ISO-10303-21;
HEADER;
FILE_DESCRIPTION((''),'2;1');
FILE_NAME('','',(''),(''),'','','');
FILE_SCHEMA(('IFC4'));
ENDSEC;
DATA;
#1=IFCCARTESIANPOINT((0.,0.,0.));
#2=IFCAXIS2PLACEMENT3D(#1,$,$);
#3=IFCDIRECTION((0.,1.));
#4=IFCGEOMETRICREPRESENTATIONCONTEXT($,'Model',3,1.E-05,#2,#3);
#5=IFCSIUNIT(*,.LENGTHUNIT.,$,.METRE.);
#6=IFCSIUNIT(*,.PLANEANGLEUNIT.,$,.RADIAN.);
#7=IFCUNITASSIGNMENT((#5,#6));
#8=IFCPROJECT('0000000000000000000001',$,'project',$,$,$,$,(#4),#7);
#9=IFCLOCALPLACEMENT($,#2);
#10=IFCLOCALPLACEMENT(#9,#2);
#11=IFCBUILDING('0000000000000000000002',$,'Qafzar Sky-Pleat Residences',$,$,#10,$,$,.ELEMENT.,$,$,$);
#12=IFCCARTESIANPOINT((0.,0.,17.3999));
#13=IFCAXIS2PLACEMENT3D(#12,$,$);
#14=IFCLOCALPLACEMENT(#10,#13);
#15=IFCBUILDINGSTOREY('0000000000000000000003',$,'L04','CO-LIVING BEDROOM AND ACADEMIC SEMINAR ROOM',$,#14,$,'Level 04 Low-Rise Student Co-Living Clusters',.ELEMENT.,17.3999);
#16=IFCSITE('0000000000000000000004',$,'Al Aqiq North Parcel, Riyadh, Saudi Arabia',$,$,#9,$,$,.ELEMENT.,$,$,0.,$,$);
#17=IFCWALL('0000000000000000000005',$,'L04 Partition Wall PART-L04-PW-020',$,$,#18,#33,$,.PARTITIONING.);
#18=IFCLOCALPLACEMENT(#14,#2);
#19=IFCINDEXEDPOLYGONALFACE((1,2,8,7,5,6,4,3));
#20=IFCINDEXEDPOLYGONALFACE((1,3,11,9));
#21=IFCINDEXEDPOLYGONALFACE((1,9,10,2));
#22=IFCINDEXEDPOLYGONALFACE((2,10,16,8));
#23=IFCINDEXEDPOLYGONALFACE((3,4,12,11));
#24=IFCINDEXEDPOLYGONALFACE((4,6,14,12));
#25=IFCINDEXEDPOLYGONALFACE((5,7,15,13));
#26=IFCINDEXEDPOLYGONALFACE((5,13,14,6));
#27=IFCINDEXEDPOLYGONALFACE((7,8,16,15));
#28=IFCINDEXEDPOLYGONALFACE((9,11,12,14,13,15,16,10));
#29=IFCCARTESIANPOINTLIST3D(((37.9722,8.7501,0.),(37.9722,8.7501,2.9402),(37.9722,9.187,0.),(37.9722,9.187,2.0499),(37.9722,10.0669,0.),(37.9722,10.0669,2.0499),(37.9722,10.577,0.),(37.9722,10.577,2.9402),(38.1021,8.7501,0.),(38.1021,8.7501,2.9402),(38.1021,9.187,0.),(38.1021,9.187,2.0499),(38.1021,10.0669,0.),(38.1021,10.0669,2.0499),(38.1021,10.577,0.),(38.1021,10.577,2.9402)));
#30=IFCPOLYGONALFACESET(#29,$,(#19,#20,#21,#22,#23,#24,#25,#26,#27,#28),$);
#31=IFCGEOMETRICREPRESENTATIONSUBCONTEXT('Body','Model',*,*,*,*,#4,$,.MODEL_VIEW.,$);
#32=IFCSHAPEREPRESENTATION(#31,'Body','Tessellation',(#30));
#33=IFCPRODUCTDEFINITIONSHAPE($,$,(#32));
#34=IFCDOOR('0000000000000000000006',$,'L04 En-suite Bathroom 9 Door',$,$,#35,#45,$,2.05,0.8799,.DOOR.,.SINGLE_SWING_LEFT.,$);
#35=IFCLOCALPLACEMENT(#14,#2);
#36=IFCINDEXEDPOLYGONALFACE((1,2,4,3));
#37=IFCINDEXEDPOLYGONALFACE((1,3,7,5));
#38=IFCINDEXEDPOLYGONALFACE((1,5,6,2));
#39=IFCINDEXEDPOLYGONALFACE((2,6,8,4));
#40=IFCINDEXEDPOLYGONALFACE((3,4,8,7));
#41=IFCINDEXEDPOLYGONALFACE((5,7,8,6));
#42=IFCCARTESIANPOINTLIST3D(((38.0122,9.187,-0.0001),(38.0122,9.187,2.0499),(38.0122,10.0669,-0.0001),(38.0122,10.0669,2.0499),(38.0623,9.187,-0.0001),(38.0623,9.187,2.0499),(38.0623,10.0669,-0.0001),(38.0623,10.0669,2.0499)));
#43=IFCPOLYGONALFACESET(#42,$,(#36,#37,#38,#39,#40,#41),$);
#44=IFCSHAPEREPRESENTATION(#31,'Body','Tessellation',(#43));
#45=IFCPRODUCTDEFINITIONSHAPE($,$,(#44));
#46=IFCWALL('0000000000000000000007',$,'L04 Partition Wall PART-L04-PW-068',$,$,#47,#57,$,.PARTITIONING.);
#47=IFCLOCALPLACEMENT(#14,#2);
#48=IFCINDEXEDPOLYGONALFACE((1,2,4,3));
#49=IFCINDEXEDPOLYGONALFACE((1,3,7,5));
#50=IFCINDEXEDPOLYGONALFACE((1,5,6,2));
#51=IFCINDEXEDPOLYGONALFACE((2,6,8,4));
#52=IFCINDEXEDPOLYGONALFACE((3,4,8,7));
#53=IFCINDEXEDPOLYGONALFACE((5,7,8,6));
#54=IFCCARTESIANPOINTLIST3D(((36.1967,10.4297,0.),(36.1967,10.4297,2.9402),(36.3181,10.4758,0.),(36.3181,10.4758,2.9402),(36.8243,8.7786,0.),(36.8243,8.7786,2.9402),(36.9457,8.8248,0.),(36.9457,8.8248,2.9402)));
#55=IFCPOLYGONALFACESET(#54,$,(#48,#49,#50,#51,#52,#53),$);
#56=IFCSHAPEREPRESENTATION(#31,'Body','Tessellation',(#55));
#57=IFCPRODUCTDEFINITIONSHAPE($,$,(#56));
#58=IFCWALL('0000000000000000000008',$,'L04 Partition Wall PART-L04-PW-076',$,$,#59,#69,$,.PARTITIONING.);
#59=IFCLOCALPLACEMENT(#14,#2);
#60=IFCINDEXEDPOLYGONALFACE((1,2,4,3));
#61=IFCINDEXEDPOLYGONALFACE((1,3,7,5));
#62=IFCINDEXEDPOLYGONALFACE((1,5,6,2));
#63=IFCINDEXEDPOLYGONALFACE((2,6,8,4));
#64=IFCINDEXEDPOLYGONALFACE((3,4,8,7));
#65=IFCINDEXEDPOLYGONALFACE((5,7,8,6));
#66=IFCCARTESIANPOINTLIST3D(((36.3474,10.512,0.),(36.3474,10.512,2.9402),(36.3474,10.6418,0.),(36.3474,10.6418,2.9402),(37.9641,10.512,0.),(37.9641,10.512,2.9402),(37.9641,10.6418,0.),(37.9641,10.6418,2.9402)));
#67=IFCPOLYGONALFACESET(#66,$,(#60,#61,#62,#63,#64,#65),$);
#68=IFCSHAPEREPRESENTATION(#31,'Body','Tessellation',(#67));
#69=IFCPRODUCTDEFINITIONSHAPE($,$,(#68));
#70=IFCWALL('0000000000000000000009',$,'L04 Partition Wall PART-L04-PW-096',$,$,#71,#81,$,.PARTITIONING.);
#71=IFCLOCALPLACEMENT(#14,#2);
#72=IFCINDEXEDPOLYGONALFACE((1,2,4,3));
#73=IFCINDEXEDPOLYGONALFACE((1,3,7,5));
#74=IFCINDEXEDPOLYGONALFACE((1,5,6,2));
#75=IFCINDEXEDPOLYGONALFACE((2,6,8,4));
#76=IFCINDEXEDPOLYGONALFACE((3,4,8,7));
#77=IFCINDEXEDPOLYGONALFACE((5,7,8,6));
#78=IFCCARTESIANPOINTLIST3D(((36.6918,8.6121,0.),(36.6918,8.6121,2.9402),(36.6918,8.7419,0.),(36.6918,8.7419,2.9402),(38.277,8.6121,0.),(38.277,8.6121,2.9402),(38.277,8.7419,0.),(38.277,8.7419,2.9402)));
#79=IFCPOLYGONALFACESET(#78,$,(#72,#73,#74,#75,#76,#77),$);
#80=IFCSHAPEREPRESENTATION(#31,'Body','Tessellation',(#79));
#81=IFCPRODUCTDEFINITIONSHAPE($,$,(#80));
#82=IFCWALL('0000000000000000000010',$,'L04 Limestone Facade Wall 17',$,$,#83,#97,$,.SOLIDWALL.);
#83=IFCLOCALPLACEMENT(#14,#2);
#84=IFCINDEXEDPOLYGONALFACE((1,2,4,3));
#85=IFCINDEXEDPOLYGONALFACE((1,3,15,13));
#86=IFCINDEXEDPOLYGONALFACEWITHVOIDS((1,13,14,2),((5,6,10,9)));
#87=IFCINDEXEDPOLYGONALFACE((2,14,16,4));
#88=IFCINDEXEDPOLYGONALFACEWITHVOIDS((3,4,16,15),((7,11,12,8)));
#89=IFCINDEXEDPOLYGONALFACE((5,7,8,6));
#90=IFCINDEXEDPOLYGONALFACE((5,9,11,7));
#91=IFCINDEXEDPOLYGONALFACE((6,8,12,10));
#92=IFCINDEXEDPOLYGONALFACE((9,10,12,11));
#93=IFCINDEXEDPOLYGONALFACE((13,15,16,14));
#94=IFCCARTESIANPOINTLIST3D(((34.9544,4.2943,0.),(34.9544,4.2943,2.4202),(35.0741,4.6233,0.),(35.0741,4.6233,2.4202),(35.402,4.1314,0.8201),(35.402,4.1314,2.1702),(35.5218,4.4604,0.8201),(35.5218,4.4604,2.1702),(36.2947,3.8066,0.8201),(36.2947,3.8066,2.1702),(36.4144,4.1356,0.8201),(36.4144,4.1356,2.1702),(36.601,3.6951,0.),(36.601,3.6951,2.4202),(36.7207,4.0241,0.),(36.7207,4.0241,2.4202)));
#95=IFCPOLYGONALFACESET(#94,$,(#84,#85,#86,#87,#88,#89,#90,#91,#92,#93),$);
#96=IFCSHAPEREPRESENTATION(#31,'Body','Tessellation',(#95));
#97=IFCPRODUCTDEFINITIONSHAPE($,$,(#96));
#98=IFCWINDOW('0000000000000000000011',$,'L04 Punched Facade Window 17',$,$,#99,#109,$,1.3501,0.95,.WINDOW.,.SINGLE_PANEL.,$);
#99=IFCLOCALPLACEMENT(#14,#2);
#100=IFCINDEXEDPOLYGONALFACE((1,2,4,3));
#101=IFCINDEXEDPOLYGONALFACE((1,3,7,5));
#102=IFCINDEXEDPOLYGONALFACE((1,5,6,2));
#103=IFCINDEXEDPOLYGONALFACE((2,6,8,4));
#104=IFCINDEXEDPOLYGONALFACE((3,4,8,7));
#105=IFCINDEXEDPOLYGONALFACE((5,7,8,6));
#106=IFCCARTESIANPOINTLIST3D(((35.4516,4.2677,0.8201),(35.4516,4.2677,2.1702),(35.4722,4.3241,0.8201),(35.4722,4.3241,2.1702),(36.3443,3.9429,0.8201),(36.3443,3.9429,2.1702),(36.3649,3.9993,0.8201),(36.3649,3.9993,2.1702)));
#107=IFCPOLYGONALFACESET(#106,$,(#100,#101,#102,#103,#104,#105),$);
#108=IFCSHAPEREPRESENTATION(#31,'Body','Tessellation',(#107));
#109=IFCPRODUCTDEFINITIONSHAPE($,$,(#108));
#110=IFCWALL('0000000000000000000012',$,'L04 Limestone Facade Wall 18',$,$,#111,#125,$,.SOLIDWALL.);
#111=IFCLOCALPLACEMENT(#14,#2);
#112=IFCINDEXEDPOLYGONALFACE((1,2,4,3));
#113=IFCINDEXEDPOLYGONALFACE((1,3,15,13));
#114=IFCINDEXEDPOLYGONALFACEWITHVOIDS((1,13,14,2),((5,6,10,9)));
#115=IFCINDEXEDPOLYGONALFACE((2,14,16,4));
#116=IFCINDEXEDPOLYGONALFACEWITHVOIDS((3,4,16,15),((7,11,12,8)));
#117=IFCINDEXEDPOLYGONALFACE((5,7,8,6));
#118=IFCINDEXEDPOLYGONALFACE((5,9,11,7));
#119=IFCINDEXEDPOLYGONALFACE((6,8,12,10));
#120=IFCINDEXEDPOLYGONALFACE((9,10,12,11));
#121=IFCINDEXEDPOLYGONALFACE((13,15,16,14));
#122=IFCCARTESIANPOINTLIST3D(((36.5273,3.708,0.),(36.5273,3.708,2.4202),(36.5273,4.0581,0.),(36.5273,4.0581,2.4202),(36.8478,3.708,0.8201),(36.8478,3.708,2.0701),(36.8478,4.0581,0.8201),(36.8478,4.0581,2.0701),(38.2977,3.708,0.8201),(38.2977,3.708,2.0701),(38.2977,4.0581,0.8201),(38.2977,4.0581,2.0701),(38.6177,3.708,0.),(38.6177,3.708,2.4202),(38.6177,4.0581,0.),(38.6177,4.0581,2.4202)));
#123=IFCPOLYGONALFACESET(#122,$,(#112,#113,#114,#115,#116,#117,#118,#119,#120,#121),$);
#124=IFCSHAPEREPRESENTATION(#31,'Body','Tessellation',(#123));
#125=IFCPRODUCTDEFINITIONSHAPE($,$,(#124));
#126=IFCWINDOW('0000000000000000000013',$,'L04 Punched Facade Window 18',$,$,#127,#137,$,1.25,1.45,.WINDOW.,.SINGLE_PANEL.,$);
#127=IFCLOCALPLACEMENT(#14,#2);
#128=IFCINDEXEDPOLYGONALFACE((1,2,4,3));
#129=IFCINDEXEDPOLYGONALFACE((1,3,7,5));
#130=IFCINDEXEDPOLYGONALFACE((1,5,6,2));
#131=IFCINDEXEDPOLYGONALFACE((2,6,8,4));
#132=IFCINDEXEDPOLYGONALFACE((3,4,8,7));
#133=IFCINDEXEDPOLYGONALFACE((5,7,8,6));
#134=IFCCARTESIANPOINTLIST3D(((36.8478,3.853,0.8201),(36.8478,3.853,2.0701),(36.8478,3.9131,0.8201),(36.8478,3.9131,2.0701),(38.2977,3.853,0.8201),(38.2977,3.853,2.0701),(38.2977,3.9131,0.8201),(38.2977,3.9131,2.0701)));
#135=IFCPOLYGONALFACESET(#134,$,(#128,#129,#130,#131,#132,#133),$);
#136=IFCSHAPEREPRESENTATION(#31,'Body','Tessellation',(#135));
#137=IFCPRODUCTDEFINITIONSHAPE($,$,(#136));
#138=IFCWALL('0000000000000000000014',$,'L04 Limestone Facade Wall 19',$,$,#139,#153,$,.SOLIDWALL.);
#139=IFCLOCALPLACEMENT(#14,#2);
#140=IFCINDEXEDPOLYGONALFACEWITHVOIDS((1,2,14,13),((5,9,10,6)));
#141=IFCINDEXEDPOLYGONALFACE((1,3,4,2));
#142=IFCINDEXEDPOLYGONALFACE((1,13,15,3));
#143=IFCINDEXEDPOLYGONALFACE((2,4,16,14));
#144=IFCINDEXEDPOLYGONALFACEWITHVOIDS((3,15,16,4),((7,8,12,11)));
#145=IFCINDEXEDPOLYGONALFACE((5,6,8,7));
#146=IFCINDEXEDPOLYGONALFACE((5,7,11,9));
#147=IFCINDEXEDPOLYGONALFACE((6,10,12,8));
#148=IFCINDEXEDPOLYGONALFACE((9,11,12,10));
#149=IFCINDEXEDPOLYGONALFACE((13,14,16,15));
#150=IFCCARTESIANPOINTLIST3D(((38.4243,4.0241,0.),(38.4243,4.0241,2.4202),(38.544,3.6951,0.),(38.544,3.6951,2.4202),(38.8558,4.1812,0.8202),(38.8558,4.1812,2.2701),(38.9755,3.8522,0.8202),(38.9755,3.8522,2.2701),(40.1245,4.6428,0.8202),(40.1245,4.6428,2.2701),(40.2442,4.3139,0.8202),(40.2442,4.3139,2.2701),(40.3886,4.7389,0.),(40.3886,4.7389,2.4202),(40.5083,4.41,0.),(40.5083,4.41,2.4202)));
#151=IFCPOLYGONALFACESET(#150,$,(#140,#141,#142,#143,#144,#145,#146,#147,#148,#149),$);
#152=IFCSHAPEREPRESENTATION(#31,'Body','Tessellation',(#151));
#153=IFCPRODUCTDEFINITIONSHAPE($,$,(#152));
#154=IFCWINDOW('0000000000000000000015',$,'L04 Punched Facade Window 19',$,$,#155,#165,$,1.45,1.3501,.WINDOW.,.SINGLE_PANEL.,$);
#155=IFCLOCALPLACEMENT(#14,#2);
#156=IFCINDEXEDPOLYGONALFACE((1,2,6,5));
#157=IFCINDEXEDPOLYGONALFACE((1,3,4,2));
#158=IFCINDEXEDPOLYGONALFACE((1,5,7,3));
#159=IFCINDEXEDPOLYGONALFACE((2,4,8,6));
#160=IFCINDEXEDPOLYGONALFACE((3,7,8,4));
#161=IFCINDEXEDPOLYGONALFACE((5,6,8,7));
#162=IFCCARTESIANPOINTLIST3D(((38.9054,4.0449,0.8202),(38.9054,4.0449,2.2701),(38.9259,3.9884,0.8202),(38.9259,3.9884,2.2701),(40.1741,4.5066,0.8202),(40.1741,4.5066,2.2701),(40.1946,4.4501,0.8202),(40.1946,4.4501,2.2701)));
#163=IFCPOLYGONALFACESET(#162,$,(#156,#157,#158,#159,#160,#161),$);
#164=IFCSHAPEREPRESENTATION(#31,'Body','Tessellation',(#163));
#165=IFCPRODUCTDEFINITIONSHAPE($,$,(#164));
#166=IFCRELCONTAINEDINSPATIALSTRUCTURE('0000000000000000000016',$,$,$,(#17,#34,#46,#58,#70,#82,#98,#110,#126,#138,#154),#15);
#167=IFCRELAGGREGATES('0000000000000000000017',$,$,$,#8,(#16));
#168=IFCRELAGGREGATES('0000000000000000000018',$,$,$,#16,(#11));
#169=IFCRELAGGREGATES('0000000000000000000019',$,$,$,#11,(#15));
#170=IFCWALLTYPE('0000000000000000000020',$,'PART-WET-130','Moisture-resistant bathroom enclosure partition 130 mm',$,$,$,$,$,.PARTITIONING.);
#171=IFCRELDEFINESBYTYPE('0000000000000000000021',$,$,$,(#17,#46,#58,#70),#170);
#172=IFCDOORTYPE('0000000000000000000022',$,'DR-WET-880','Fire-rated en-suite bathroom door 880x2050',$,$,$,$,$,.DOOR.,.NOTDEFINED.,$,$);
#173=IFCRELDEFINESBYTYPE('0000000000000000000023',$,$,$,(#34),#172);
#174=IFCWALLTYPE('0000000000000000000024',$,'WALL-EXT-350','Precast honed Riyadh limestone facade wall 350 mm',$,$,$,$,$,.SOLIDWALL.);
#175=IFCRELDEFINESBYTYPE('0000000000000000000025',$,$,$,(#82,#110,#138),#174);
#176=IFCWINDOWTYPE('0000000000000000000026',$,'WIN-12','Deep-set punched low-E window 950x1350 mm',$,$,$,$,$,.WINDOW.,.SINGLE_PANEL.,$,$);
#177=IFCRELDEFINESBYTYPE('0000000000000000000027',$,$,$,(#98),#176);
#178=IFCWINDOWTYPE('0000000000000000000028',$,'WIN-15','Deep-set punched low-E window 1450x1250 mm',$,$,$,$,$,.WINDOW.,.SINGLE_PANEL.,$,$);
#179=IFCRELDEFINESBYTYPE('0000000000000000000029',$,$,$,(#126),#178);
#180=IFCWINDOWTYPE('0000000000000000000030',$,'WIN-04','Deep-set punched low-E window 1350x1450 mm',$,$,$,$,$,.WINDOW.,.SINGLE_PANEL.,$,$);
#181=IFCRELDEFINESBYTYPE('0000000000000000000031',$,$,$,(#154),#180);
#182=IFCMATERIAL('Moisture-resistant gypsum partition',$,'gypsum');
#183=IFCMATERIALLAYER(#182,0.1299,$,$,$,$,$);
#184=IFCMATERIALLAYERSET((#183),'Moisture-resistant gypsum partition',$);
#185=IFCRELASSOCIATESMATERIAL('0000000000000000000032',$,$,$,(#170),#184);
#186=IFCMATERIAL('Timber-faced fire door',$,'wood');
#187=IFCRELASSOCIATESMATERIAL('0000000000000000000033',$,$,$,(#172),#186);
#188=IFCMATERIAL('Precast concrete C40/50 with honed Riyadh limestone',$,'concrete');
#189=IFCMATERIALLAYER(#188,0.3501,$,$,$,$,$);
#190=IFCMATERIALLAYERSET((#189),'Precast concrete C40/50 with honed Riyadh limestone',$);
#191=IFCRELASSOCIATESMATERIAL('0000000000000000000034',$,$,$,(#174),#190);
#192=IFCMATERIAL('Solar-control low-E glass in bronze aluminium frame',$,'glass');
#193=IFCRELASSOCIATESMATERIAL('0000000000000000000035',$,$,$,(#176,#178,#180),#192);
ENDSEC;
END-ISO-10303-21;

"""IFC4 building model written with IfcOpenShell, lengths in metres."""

from ifc_helpers import new_model, si_unit, direction, frame, frame_2d, origin, place, context, subcontext, project, spatial, rectangle, extrude, source, transform, mapped, material, layer, layer_set, type_object, element, fill, save


model = new_model("IFC4")

# Units and contexts
model_context = context("Model", 3, precision=1e-05, world=origin(), true_north=direction((0.0, 1.0)))
body_context = subcontext(model_context, "Body", "Model", "MODEL_VIEW")
ifc_project = project(units=[si_unit("LENGTHUNIT", "METRE"), si_unit("PLANEANGLEUNIT", "RADIAN")], contexts=[model_context])

# Site, building, storey
site_placement = place(None, origin())
site = spatial("IfcSite", under=ifc_project, at=site_placement, Name="Al Aqiq North Parcel, Riyadh, Saudi Arabia", CompositionType="ELEMENT", RefElevation=0.0)
building_placement = place(site_placement, origin())
building = spatial("IfcBuilding", under=site, at=building_placement, Name="Qafzar Sky-Pleat Residences", CompositionType="ELEMENT")
storey_placement = place(building_placement, frame((0.0, 0.0, 17.3999)))
storey = spatial("IfcBuildingStorey", under=building, at=storey_placement, Name="L04", Description="CO-LIVING BEDROOM AND ACADEMIC SEMINAR ROOM", LongName="Level 04 Low-Rise Student Co-Living Clusters", CompositionType="ELEMENT", Elevation=17.3999)

# Wall, opening, door
ifc_material_1 = material(Name="Moisture-resistant gypsum partition", Category="gypsum")
ifc_layer_1 = layer(ifc_material_1, 0.1299)
ifc_layer_set_1 = layer_set([ifc_layer_1], Name="Moisture-resistant gypsum partition")
wall_type_1 = type_object("IfcWallType", Name="PART-WET-130", Description="Moisture-resistant bathroom enclosure partition 130 mm", PredefinedType="PARTITIONING", material=ifc_layer_set_1)
wall_1_placement = place(storey_placement, frame((38.0371, 8.75, 0.0), z_axis=(0.0, 0.0, 1.0), x_axis=(0.0, 1.0, 0.0)))
wall_1 = element("IfcWall", 1, at=wall_1_placement, inside=storey, type_object=wall_type_1, Name="L04 Partition Wall PART-L04-PW-020", PredefinedType="PARTITIONING", context=body_context, shape_type="SweptSolid", body=[
    extrude(rectangle(XDim=1.8269, YDim=0.1299, at=frame_2d((0.9136, 0.0))), origin(), (0.0, 0.0, 1.0), 2.9402),
])
opening_1_placement = place(wall_1_placement, frame((0.437, 0.0, 0.0)))
opening_1 = element("IfcOpeningElement", 2, at=opening_1_placement, cuts=wall_1, PredefinedType="OPENING", context=body_context, shape_type="SweptSolid", body=[
    extrude(rectangle(XDim=0.8799, YDim=2.05, at=frame_2d((0.4399, 1.0249))), frame((0.0, 0.075, 0.0), z_axis=(0.0, -1.0, 0.0), x_axis=(1.0, 0.0, 0.0)), (0.0, 0.0, 1.0), 0.1499),
])
ifc_material_2 = material(Name="Timber-faced fire door", Category="wood")
door_type = type_object("IfcDoorType", Name="DR-WET-880", Description="Fire-rated en-suite bathroom door 880x2050", OperationType="NOTDEFINED", PredefinedType="DOOR", material=ifc_material_2)
shared_shape_1 = source(origin(), body_context, "Body", "SweptSolid", [
    extrude(rectangle(XDim=0.8799, YDim=2.05, at=frame_2d((0.4399, 1.0249))), frame((0.0, 0.0249, 0.0), z_axis=(0.0, -1.0, 0.0), x_axis=(1.0, 0.0, 0.0)), (0.0, 0.0, 1.0), 0.05),
])
door_placement = place(opening_1_placement, origin())
door = element("IfcDoor", 3, at=door_placement, inside=storey, type_object=door_type, Name="L04 En-suite Bathroom 9 Door", OperationType="SINGLE_SWING_LEFT", OverallHeight=2.05, OverallWidth=0.8799, PredefinedType="DOOR", context=body_context, shape_type="MappedRepresentation", body=[
    mapped(shared_shape_1, transform((0.0, 0.0, 0.0), x_axis=(1.0, 0.0, 0.0), y_axis=(0.0, 1.0, 0.0), z_axis=(0.0, 0.0, 1.0), scale=1.0)),
])
fill(opening_1, door)

# Walls
wall_2_placement = place(storey_placement, frame((36.2573, 10.4529, 0.0), z_axis=(0.0, 0.0, 1.0), x_axis=(0.355346, -0.934735, 0.0)))
element("IfcWall", 4, at=wall_2_placement, inside=storey, type_object=wall_type_1, Name="L04 Partition Wall PART-L04-PW-068", PredefinedType="PARTITIONING", context=body_context, shape_type="SweptSolid", body=[
    extrude(rectangle(XDim=1.7664, YDim=0.1299, at=frame_2d((0.8833, 0.0))), origin(), (0.0, 0.0, 1.0), 2.9402),
])
wall_3_placement = place(storey_placement, frame((36.3474, 10.5769, 0.0), z_axis=(0.0, 0.0, 1.0), x_axis=(1.0, 0.0, 0.0)))
element("IfcWall", 5, at=wall_3_placement, inside=storey, type_object=wall_type_1, Name="L04 Partition Wall PART-L04-PW-076", PredefinedType="PARTITIONING", context=body_context, shape_type="SweptSolid", body=[
    extrude(rectangle(XDim=1.6167, YDim=0.1299, at=frame_2d((0.8083, 0.0))), origin(), (0.0, 0.0, 1.0), 2.9402),
])
wall_4_placement = place(storey_placement, frame((36.6919, 8.677, 0.0), z_axis=(0.0, 0.0, 1.0), x_axis=(1.0, 0.0, 0.0)))
element("IfcWall", 6, at=wall_4_placement, inside=storey, type_object=wall_type_1, Name="L04 Partition Wall PART-L04-PW-096", PredefinedType="PARTITIONING", context=body_context, shape_type="SweptSolid", body=[
    extrude(rectangle(XDim=1.5852, YDim=0.1299, at=frame_2d((0.7925, 0.0))), origin(), (0.0, 0.0, 1.0), 2.9402),
])

# Walls, openings, windows
ifc_material_3 = material(Name="Precast concrete C40/50 with honed Riyadh limestone", Category="concrete")
ifc_layer_2 = layer(ifc_material_3, 0.3501)
ifc_layer_set_2 = layer_set([ifc_layer_2], Name="Precast concrete C40/50 with honed Riyadh limestone")
wall_type_2 = type_object("IfcWallType", Name="WALL-EXT-350", Description="Precast honed Riyadh limestone facade wall 350 mm", PredefinedType="SOLIDWALL", material=ifc_layer_set_2)
wall_5_placement = place(storey_placement, frame((35.0144, 4.4587, 0.0), z_axis=(0.0, 0.0, 1.0), x_axis=(0.93972, -0.341944, 0.0)))
wall_5 = element("IfcWall", 7, at=wall_5_placement, inside=storey, type_object=wall_type_2, Name="L04 Limestone Facade Wall 17", PredefinedType="SOLIDWALL", context=body_context, shape_type="SweptSolid", body=[
    extrude(rectangle(XDim=1.7522, YDim=0.3501, at=frame_2d((0.876, 0.0))), origin(), (0.0, 0.0, 1.0), 2.4202),
])
opening_2_placement = place(wall_5_placement, frame((0.4761, 0.0, 0.8201)))
opening_2 = element("IfcOpeningElement", 8, at=opening_2_placement, cuts=wall_5, PredefinedType="OPENING", context=body_context, shape_type="SweptSolid", body=[
    extrude(rectangle(XDim=0.95, YDim=1.3501, at=frame_2d((0.4751, 0.675))), frame((0.0, 0.1851, 0.0), z_axis=(0.0, -1.0, 0.0), x_axis=(1.0, 0.0, 0.0)), (0.0, 0.0, 1.0), 0.3701),
])
ifc_material_4 = material(Name="Solar-control low-E glass in bronze aluminium frame", Category="glass")
window_type_1 = type_object("IfcWindowType", Name="WIN-12", Description="Deep-set punched low-E window 950x1350 mm", PartitioningType="SINGLE_PANEL", PredefinedType="WINDOW", material=ifc_material_4)
shared_shape_2 = source(origin(), body_context, "Body", "SweptSolid", [
    extrude(rectangle(XDim=0.95, YDim=1.3501, at=frame_2d((0.4751, 0.675))), frame((0.0, 0.03, 0.0), z_axis=(0.0, -1.0, 0.0), x_axis=(1.0, 0.0, 0.0)), (0.0, 0.0, 1.0), 0.0601),
])
window_1_placement = place(opening_2_placement, origin())
window_1 = element("IfcWindow", 9, at=window_1_placement, inside=storey, type_object=window_type_1, Name="L04 Punched Facade Window 17", OverallHeight=1.3501, OverallWidth=0.95, PartitioningType="SINGLE_PANEL", PredefinedType="WINDOW", context=body_context, shape_type="MappedRepresentation", body=[
    mapped(shared_shape_2, transform((0.0, 0.0, 0.0), x_axis=(1.0, 0.0, 0.0), y_axis=(0.0, 1.0, 0.0), z_axis=(0.0, 0.0, 1.0), scale=1.0)),
])
fill(opening_2, window_1)
wall_6_placement = place(storey_placement, frame((36.5273, 3.8831, 0.0), z_axis=(0.0, 0.0, 1.0), x_axis=(1.0, 0.0, 0.0)))
wall_6 = element("IfcWall", 10, at=wall_6_placement, inside=storey, type_object=wall_type_2, Name="L04 Limestone Facade Wall 18", PredefinedType="SOLIDWALL", context=body_context, shape_type="SweptSolid", body=[
    extrude(rectangle(XDim=2.0903, YDim=0.3501, at=frame_2d((1.0452, 0.0))), origin(), (0.0, 0.0, 1.0), 2.4202),
])
opening_3_placement = place(wall_6_placement, frame((0.3203, 0.0, 0.8201)))
opening_3 = element("IfcOpeningElement", 11, at=opening_3_placement, cuts=wall_6, PredefinedType="OPENING", context=body_context, shape_type="SweptSolid", body=[
    extrude(rectangle(XDim=1.45, YDim=1.25, at=frame_2d((0.7251, 0.625))), frame((0.0, 0.1851, 0.0), z_axis=(0.0, -1.0, 0.0), x_axis=(1.0, 0.0, 0.0)), (0.0, 0.0, 1.0), 0.3701),
])
window_type_2 = type_object("IfcWindowType", Name="WIN-15", Description="Deep-set punched low-E window 1450x1250 mm", PartitioningType="SINGLE_PANEL", PredefinedType="WINDOW", material=ifc_material_4)
shared_shape_3 = source(origin(), body_context, "Body", "SweptSolid", [
    extrude(rectangle(XDim=1.45, YDim=1.25, at=frame_2d((0.7251, 0.625))), frame((0.0, 0.03, 0.0), z_axis=(0.0, -1.0, 0.0), x_axis=(1.0, 0.0, 0.0)), (0.0, 0.0, 1.0), 0.0601),
])
window_2_placement = place(opening_3_placement, origin())
window_2 = element("IfcWindow", 12, at=window_2_placement, inside=storey, type_object=window_type_2, Name="L04 Punched Facade Window 18", OverallHeight=1.25, OverallWidth=1.45, PartitioningType="SINGLE_PANEL", PredefinedType="WINDOW", context=body_context, shape_type="MappedRepresentation", body=[
    mapped(shared_shape_3, transform((0.0, 0.0, 0.0), x_axis=(1.0, 0.0, 0.0), y_axis=(0.0, 1.0, 0.0), z_axis=(0.0, 0.0, 1.0), scale=1.0)),
])
fill(opening_3, window_2)
wall_7_placement = place(storey_placement, frame((38.4841, 3.8596, 0.0), z_axis=(0.0, 0.0, 1.0), x_axis=(0.939712, 0.341968, 0.0)))
wall_7 = element("IfcWall", 13, at=wall_7_placement, inside=storey, type_object=wall_type_2, Name="L04 Limestone Facade Wall 19", PredefinedType="SOLIDWALL", context=body_context, shape_type="SweptSolid", body=[
    extrude(rectangle(XDim=2.0903, YDim=0.3501, at=frame_2d((1.0452, 0.0))), origin(), (0.0, 0.0, 1.0), 2.4202),
])
opening_4_placement = place(wall_7_placement, frame((0.4592, 0.0, 0.8201)))
opening_4 = element("IfcOpeningElement", 14, at=opening_4_placement, cuts=wall_7, PredefinedType="OPENING", context=body_context, shape_type="SweptSolid", body=[
    extrude(rectangle(XDim=1.3501, YDim=1.45, at=frame_2d((0.675, 0.7251))), frame((0.0, 0.1851, 0.0), z_axis=(0.0, -1.0, 0.0), x_axis=(1.0, 0.0, 0.0)), (0.0, 0.0, 1.0), 0.3701),
])
window_type_3 = type_object("IfcWindowType", Name="WIN-04", Description="Deep-set punched low-E window 1350x1450 mm", PartitioningType="SINGLE_PANEL", PredefinedType="WINDOW", material=ifc_material_4)
shared_shape_4 = source(origin(), body_context, "Body", "SweptSolid", [
    extrude(rectangle(XDim=1.3501, YDim=1.45, at=frame_2d((0.675, 0.7251))), frame((0.0, 0.03, 0.0), z_axis=(0.0, -1.0, 0.0), x_axis=(1.0, 0.0, 0.0)), (0.0, 0.0, 1.0), 0.0601),
])
window_3_placement = place(opening_4_placement, origin())
window_3 = element("IfcWindow", 15, at=window_3_placement, inside=storey, type_object=window_type_3, Name="L04 Punched Facade Window 19", OverallHeight=1.45, OverallWidth=1.3501, PartitioningType="SINGLE_PANEL", PredefinedType="WINDOW", context=body_context, shape_type="MappedRepresentation", body=[
    mapped(shared_shape_4, transform((0.0, 0.0, 0.0), x_axis=(1.0, 0.0, 0.0), y_axis=(0.0, 1.0, 0.0), z_axis=(0.0, 0.0, 1.0), scale=1.0)),
])
fill(opening_4, window_3)

save(model, "model.ifc")
